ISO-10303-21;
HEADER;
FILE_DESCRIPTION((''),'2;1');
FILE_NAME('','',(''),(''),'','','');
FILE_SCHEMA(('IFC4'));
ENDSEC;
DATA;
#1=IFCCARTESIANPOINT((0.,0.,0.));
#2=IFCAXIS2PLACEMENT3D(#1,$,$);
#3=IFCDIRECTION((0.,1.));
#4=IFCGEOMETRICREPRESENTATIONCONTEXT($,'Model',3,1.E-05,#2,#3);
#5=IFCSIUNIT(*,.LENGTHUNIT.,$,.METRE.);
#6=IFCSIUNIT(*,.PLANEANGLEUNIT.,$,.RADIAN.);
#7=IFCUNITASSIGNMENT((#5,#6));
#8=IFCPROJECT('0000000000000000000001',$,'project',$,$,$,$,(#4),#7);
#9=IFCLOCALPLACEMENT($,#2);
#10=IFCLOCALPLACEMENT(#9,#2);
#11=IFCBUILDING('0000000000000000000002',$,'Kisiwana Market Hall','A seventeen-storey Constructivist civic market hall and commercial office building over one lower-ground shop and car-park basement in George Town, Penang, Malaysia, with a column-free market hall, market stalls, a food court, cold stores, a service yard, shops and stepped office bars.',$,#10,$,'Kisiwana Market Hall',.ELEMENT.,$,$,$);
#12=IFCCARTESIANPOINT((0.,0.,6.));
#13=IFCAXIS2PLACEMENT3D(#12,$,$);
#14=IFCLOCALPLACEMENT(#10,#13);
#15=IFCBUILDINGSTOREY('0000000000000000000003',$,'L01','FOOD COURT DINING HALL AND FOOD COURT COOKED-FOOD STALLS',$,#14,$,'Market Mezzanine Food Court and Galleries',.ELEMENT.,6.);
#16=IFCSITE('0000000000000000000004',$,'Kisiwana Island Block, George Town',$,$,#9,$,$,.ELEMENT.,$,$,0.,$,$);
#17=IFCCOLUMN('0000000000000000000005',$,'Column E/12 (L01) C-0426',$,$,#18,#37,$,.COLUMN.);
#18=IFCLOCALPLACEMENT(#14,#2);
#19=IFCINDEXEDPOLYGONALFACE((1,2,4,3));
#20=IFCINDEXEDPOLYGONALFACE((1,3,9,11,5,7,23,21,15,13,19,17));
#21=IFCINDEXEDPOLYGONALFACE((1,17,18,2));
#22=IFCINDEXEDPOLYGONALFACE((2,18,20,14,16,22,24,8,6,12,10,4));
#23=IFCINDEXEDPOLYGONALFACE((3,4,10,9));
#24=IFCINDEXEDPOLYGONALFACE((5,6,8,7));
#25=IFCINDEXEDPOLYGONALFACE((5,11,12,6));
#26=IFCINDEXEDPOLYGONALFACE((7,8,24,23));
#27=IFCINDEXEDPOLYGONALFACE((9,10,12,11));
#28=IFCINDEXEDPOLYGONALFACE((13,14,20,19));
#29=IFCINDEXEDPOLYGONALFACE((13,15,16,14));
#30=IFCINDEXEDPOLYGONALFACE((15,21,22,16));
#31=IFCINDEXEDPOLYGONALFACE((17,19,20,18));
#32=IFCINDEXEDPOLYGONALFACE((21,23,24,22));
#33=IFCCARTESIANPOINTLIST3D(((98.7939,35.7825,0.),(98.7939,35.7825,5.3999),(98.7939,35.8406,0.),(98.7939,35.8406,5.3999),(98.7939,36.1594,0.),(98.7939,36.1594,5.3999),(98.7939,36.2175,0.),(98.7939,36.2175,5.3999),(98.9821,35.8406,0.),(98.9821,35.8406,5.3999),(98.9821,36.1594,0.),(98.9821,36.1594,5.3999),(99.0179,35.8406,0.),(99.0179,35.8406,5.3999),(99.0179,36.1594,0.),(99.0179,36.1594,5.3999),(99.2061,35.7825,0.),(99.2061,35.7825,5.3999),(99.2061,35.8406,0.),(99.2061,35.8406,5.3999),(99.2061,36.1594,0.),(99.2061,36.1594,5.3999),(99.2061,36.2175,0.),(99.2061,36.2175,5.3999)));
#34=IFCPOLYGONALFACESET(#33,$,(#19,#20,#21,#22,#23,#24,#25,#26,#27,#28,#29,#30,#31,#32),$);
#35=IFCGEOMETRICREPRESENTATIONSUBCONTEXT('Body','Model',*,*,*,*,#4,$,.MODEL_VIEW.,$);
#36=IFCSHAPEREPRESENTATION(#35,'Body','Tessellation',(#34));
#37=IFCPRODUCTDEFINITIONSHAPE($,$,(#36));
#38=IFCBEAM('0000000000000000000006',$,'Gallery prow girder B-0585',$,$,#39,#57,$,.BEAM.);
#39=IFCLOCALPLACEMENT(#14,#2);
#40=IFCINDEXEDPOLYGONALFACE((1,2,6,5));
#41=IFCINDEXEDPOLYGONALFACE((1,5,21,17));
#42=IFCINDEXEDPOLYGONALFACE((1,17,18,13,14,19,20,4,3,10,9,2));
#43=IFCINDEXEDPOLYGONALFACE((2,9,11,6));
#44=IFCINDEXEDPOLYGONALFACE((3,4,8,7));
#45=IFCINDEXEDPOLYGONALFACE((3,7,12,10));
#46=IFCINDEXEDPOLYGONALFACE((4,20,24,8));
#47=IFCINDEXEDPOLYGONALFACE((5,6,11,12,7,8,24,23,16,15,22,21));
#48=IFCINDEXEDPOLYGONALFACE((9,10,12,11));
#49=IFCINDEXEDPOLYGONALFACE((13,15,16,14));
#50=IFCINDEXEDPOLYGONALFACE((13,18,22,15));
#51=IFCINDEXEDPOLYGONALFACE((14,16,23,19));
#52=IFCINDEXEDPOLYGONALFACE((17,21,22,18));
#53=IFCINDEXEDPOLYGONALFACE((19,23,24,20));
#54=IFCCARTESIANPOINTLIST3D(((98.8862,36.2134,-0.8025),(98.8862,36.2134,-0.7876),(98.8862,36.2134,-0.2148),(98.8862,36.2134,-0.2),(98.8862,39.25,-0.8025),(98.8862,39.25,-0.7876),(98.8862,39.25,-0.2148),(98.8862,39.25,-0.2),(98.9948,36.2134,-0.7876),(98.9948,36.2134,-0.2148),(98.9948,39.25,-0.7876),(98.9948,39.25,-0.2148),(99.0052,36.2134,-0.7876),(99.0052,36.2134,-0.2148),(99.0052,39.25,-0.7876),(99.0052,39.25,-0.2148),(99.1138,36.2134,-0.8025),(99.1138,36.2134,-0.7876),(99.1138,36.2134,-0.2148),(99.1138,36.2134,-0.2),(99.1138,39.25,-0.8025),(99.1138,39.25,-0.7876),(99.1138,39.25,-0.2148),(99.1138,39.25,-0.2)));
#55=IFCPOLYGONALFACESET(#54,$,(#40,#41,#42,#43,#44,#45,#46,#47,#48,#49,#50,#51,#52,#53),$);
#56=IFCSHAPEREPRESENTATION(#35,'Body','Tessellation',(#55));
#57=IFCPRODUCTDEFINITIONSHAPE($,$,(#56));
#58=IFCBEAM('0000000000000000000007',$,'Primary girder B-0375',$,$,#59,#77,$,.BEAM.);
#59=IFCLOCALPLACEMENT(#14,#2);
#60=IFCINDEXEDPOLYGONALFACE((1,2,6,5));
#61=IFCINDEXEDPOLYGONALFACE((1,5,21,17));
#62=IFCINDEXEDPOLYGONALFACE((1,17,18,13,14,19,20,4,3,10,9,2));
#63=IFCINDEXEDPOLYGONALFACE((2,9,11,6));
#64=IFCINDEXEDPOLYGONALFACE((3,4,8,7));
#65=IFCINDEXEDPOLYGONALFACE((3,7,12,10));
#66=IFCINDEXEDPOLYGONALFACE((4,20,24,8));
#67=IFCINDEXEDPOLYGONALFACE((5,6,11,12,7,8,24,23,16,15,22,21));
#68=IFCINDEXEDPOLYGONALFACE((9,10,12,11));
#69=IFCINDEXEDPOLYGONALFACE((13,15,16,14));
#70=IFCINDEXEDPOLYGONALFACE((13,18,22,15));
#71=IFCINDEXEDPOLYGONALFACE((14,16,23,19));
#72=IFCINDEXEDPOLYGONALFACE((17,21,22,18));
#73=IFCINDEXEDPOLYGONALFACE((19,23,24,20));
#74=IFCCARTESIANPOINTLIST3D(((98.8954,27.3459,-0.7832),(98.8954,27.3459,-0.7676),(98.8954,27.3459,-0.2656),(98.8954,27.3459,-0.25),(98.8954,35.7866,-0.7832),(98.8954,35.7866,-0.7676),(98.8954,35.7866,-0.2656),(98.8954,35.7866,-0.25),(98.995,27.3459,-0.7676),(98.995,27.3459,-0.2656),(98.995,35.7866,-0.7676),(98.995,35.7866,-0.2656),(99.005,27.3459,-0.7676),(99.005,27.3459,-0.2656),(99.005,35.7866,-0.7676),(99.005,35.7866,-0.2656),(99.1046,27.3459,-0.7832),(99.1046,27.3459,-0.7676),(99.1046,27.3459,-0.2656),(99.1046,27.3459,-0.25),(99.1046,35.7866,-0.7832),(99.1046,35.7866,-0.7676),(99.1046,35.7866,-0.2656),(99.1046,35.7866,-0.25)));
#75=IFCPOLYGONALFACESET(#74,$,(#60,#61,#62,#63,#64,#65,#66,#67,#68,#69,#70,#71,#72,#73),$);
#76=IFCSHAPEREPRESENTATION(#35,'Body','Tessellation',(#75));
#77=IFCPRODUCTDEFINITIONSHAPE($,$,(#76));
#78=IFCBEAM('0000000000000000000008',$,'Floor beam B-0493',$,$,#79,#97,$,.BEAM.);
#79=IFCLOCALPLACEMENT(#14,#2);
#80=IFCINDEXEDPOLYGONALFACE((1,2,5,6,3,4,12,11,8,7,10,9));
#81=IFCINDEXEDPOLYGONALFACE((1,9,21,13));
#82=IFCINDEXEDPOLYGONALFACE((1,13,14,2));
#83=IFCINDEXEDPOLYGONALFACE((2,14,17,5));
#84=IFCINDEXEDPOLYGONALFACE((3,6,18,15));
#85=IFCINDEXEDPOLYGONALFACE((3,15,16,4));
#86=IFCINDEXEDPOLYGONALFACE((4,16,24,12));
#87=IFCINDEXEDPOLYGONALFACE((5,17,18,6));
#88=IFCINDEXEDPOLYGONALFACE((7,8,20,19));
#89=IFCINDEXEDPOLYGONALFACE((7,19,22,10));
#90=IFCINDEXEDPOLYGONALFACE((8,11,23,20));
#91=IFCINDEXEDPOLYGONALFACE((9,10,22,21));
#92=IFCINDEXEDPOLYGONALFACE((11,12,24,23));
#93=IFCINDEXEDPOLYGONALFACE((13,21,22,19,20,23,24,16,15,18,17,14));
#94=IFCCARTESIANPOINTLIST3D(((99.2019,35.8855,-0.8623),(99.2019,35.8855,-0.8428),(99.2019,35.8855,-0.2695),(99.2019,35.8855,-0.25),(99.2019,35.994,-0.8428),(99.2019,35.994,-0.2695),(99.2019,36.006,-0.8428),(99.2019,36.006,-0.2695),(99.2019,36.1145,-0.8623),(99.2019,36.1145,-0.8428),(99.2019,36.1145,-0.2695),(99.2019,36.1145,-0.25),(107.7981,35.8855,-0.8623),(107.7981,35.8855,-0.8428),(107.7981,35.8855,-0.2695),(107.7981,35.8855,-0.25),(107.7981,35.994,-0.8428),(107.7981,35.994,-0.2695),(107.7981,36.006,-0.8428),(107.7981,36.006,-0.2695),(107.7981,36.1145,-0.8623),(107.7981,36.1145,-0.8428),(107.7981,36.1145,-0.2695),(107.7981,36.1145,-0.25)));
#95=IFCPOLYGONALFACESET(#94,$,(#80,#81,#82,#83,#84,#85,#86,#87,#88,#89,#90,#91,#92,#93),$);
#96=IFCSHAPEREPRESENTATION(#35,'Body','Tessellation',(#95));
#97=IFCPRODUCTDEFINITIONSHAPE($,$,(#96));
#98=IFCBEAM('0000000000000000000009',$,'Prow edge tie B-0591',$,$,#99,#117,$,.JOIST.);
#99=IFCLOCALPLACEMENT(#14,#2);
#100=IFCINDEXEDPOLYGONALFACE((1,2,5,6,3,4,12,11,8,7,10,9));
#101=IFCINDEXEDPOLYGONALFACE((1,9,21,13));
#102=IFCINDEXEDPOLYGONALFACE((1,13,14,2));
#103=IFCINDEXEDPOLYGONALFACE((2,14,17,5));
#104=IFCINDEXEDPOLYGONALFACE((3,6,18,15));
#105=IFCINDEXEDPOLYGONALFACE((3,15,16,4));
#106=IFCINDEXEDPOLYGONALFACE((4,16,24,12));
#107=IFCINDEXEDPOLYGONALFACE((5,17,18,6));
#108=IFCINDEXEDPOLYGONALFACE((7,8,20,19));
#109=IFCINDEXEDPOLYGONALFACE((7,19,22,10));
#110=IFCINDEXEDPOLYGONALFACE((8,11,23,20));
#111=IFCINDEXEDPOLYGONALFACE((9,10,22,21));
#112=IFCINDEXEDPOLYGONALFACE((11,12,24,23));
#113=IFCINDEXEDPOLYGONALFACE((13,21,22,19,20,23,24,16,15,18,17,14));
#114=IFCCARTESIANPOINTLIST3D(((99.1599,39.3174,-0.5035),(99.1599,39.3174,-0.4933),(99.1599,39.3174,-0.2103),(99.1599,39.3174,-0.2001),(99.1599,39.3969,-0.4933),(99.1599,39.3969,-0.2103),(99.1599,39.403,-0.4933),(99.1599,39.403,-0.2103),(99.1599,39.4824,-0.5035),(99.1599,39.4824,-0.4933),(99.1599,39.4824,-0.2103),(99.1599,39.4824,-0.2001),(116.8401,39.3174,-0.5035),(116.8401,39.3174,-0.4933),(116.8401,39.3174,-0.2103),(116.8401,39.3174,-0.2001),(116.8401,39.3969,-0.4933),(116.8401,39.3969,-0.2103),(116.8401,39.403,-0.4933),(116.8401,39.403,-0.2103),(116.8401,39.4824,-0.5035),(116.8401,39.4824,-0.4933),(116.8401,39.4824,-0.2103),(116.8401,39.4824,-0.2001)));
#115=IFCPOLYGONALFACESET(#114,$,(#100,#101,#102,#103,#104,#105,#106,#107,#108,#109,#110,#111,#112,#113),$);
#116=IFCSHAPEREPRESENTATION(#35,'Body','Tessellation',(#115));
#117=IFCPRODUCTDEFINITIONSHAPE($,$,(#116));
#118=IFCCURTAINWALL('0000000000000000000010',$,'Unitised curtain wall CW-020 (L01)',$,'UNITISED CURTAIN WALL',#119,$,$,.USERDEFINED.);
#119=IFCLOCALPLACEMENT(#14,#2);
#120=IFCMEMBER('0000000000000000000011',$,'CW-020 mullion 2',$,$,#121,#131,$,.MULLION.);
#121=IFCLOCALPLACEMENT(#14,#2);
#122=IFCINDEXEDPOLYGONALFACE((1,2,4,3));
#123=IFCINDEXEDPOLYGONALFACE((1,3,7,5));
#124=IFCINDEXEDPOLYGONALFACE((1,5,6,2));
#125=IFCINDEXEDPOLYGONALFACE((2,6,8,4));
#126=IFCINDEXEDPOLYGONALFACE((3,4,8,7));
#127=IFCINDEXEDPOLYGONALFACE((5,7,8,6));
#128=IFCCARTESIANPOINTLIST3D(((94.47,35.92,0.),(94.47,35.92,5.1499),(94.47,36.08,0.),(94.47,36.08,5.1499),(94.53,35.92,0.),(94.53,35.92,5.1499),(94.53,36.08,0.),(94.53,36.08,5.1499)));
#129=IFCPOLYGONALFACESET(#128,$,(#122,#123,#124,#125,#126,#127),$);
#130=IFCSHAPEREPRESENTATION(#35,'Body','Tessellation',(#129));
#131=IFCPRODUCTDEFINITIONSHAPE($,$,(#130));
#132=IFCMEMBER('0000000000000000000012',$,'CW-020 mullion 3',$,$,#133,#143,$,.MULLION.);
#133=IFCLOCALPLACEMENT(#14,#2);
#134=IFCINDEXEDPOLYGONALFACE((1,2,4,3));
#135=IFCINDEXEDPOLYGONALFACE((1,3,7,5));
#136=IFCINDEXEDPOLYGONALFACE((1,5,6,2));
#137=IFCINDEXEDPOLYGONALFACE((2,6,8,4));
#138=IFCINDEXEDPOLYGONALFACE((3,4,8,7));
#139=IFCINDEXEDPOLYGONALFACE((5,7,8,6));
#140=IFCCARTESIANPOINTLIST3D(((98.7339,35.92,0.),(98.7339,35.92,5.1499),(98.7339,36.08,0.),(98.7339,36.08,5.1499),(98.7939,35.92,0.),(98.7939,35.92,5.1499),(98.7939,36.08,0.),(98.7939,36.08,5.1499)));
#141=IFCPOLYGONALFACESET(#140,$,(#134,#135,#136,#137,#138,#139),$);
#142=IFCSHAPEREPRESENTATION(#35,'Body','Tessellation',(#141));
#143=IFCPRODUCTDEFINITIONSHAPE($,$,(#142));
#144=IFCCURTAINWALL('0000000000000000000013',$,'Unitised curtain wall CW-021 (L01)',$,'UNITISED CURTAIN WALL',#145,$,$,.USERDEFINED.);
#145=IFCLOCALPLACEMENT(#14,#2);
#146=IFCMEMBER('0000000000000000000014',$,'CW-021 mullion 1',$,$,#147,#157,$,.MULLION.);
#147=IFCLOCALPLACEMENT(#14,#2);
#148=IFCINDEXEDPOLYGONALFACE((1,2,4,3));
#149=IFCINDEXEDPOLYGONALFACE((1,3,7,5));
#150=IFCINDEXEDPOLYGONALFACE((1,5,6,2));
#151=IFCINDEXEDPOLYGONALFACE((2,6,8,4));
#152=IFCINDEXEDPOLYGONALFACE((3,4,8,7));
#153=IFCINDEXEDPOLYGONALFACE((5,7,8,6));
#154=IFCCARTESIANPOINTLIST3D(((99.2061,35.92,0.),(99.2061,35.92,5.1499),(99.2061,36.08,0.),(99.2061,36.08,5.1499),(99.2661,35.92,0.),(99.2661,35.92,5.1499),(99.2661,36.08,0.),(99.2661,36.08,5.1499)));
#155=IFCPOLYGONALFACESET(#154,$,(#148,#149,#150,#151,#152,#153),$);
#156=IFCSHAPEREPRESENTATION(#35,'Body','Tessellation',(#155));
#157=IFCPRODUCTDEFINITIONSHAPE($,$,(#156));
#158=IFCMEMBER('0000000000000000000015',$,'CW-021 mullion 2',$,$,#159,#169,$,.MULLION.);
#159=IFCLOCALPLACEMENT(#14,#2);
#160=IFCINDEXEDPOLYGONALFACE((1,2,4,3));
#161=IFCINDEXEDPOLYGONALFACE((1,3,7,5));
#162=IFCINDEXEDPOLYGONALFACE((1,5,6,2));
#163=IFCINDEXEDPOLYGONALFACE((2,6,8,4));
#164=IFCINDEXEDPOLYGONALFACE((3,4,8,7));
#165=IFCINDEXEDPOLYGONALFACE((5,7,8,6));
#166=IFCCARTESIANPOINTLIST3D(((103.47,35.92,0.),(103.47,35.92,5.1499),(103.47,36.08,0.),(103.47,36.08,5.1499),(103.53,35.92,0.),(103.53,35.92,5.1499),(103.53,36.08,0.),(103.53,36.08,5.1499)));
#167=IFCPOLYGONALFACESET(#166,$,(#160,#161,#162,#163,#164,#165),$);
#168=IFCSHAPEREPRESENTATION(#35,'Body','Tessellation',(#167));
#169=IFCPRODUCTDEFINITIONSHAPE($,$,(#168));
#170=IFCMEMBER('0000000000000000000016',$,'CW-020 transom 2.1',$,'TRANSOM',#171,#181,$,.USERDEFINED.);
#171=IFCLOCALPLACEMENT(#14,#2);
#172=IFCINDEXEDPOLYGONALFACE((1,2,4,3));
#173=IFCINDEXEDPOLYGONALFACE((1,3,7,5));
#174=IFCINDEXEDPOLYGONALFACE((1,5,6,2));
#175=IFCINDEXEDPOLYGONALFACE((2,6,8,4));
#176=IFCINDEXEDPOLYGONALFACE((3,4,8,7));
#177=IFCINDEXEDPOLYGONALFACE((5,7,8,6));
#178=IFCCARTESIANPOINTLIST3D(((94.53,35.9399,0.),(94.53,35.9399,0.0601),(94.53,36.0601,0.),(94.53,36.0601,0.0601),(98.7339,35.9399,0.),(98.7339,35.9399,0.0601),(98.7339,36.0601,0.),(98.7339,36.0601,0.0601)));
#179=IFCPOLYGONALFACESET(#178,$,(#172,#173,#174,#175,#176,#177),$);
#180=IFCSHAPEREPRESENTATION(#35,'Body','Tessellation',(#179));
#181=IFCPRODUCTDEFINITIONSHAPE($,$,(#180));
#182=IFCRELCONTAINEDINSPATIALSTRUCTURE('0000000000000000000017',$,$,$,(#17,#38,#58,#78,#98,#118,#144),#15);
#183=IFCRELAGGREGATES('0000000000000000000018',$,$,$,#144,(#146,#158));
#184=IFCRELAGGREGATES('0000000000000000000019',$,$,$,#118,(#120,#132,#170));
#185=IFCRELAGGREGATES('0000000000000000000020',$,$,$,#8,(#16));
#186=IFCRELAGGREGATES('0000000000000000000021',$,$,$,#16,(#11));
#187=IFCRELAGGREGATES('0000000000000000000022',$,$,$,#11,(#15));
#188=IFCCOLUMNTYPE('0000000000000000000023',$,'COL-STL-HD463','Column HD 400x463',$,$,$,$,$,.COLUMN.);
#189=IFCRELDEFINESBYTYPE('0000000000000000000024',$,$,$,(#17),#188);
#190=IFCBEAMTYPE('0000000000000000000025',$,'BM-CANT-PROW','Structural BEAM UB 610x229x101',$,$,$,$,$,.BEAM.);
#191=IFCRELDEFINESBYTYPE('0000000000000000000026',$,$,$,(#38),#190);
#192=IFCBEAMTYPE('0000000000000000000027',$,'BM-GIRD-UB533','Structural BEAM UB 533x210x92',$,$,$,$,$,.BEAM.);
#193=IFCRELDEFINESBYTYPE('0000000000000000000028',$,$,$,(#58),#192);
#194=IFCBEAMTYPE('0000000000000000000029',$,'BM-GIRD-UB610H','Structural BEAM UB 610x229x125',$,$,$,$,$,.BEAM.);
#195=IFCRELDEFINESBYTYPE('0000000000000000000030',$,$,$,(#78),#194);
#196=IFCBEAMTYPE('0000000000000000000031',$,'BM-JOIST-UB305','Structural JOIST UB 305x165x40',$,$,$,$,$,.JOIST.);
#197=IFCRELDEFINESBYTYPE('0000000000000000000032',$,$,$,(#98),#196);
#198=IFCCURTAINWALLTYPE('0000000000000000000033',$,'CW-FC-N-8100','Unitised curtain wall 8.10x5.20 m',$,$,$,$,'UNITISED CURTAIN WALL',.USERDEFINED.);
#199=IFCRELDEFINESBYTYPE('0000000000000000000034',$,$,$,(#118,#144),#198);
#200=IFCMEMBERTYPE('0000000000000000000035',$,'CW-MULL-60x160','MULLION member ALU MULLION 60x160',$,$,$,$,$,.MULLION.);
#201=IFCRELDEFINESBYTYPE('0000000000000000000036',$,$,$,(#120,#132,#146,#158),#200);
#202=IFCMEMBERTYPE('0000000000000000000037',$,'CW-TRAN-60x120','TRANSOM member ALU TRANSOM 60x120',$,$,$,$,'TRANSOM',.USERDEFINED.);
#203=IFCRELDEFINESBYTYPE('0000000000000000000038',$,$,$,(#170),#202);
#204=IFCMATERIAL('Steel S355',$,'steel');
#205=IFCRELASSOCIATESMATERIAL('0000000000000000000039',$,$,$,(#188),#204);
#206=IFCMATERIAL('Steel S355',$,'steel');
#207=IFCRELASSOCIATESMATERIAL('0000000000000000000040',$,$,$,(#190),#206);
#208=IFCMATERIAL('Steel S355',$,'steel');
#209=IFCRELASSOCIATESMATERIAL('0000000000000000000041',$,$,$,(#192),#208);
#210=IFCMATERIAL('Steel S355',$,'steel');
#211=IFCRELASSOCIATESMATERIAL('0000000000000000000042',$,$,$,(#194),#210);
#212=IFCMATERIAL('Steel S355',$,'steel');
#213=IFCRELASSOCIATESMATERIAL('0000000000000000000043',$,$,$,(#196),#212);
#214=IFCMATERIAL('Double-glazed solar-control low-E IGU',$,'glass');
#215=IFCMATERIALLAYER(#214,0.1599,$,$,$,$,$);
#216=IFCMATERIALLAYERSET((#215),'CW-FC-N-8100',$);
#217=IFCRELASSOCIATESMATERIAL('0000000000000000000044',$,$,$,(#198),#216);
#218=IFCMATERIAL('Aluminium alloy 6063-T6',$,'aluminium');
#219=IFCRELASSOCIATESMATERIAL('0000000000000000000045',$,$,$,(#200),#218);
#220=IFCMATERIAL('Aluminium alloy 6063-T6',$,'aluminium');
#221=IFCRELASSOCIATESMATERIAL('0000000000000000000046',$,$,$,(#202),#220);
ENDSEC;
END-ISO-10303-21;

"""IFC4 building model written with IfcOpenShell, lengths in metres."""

from ifc_helpers import new_model, si_unit, direction, frame, origin, origin_2d, place, context, subcontext, project, spatial, rectangle, i_section, extrude, material, layer, layer_set, material_profile, profile_set, type_object, element, aggregate, save


model = new_model("IFC4")

# Units and contexts
model_context = context("Model", 3, precision=1e-05, world=origin(), true_north=direction((0.0, 1.0)))
body_context = subcontext(model_context, "Body", "Model", "MODEL_VIEW")
ifc_project = project(units=[si_unit("LENGTHUNIT", "METRE"), si_unit("PLANEANGLEUNIT", "RADIAN")], contexts=[model_context])

# Site, building, storey
site_placement = place(None, origin())
site = spatial("IfcSite", under=ifc_project, at=site_placement, Name="Kisiwana Island Block, George Town", CompositionType="ELEMENT", RefElevation=0.0)
building_placement = place(site_placement, origin())
building = spatial("IfcBuilding", under=site, at=building_placement, Name="Kisiwana Market Hall", Description="A seventeen-storey Constructivist civic market hall and commercial office building over one lower-ground shop and car-park basement in George Town, Penang, Malaysia, with a column-free market hall, market stalls, a food court, cold stores, a service yard, shops and stepped office bars.", LongName="Kisiwana Market Hall", CompositionType="ELEMENT")
storey_placement = place(building_placement, frame((0.0, 0.0, 6.0)))
storey = spatial("IfcBuildingStorey", under=building, at=storey_placement, Name="L01", Description="FOOD COURT DINING HALL AND FOOD COURT COOKED-FOOD STALLS", LongName="Market Mezzanine Food Court and Galleries", CompositionType="ELEMENT", Elevation=6.0)

# Column
ifc_material_1 = material(Name="Steel S355", Category="steel")
ifc_material_profile_1 = material_profile(ifc_material_1, i_section(OverallWidth=0.4121, OverallDepth=0.4351, WebThickness=0.0359, FlangeThickness=0.0581, at=origin_2d()), Name="HD 400x463")
ifc_profile_set_1 = profile_set([ifc_material_profile_1], Name="Steel S355")
column_type = type_object("IfcColumnType", Name="COL-STL-HD463", Description="Column HD 400x463", PredefinedType="COLUMN", material=ifc_profile_set_1)
column_placement = place(storey_placement, frame((99.0, 36.0, 0.0), z_axis=(0.0, 0.0, 1.0), x_axis=(1.0, 0.0, 0.0)))
element("IfcColumn", 1, at=column_placement, inside=storey, type_object=column_type, Name="Column E/12 (L01) C-0426", PredefinedType="COLUMN", context=body_context, shape_type="SweptSolid", body=[
    extrude(i_section(OverallWidth=0.4121, OverallDepth=0.4351, WebThickness=0.0359, FlangeThickness=0.0581, at=origin_2d()), origin(), (0.0, 0.0, 1.0), 5.3999),
])

# Beams
ifc_material_2 = material(Name="Steel S355", Category="steel")
ifc_material_profile_2 = material_profile(ifc_material_2, i_section(OverallWidth=0.2275, OverallDepth=0.6025, WebThickness=0.0105, FlangeThickness=0.0149, at=origin_2d()), Name="UB 610x229x101")
ifc_profile_set_2 = profile_set([ifc_material_profile_2], Name="Steel S355")
beam_type_1 = type_object("IfcBeamType", Name="BM-CANT-PROW", Description="Structural BEAM UB 610x229x101", PredefinedType="BEAM", material=ifc_profile_set_2)
beam_1_placement = place(storey_placement, frame((99.0, 36.2134, -0.5012), z_axis=(0.0, 1.0, 0.0), x_axis=(-1.0, 0.0, 0.0)))
element("IfcBeam", 2, at=beam_1_placement, inside=storey, type_object=beam_type_1, Name="Gallery prow girder B-0585", PredefinedType="BEAM", context=body_context, shape_type="SweptSolid", body=[
    extrude(i_section(OverallWidth=0.2275, OverallDepth=0.6025, WebThickness=0.0105, FlangeThickness=0.0149, at=origin_2d()), origin(), (0.0, 0.0, 1.0), 3.0366),
])
ifc_material_3 = material(Name="Steel S355", Category="steel")
ifc_material_profile_3 = material_profile(ifc_material_3, i_section(OverallWidth=0.2092, OverallDepth=0.5332, WebThickness=0.01, FlangeThickness=0.0156, at=origin_2d()), Name="UB 533x210x92")
ifc_profile_set_3 = profile_set([ifc_material_profile_3], Name="Steel S355")
beam_type_2 = type_object("IfcBeamType", Name="BM-GIRD-UB533", Description="Structural BEAM UB 533x210x92", PredefinedType="BEAM", material=ifc_profile_set_3)
beam_2_placement = place(storey_placement, frame((99.0, 27.3459, -0.5166), z_axis=(0.0, 1.0, 0.0), x_axis=(-1.0, 0.0, 0.0)))
element("IfcBeam", 3, at=beam_2_placement, inside=storey, type_object=beam_type_2, Name="Primary girder B-0375", PredefinedType="BEAM", context=body_context, shape_type="SweptSolid", body=[
    extrude(i_section(OverallWidth=0.2092, OverallDepth=0.5332, WebThickness=0.01, FlangeThickness=0.0156, at=origin_2d()), origin(), (0.0, 0.0, 1.0), 8.4407),
])
ifc_material_4 = material(Name="Steel S355", Category="steel")
ifc_material_profile_4 = material_profile(ifc_material_4, i_section(OverallWidth=0.229, OverallDepth=0.6123, WebThickness=0.012, FlangeThickness=0.0195, at=origin_2d()), Name="UB 610x229x125")
ifc_profile_set_4 = profile_set([ifc_material_profile_4], Name="Steel S355")
beam_type_3 = type_object("IfcBeamType", Name="BM-GIRD-UB610H", Description="Structural BEAM UB 610x229x125", PredefinedType="BEAM", material=ifc_profile_set_4)
beam_3_placement = place(storey_placement, frame((99.2019, 36.0, -0.5562), z_axis=(1.0, 0.0, 0.0), x_axis=(0.0, 1.0, 0.0)))
element("IfcBeam", 4, at=beam_3_placement, inside=storey, type_object=beam_type_3, Name="Floor beam B-0493", PredefinedType="BEAM", context=body_context, shape_type="SweptSolid", body=[
    extrude(i_section(OverallWidth=0.229, OverallDepth=0.6123, WebThickness=0.012, FlangeThickness=0.0195, at=origin_2d()), origin(), (0.0, 0.0, 1.0), 8.5962),
])
ifc_material_5 = material(Name="Steel S355", Category="steel")
ifc_material_profile_5 = material_profile(ifc_material_5, i_section(OverallWidth=0.165, OverallDepth=0.3035, WebThickness=0.0061, FlangeThickness=0.0103, at=origin_2d()), Name="UB 305x165x40")
ifc_profile_set_5 = profile_set([ifc_material_profile_5], Name="Steel S355")
beam_type_4 = type_object("IfcBeamType", Name="BM-JOIST-UB305", Description="Structural JOIST UB 305x165x40", PredefinedType="JOIST", material=ifc_profile_set_5)
beam_4_placement = place(storey_placement, frame((99.1599, 39.3999, -0.3518), z_axis=(1.0, 0.0, 0.0), x_axis=(0.0, 1.0, 0.0)))
element("IfcBeam", 5, at=beam_4_placement, inside=storey, type_object=beam_type_4, Name="Prow edge tie B-0591", PredefinedType="JOIST", context=body_context, shape_type="SweptSolid", body=[
    extrude(i_section(OverallWidth=0.165, OverallDepth=0.3035, WebThickness=0.0061, FlangeThickness=0.0103, at=origin_2d()), origin(), (0.0, 0.0, 1.0), 17.6802),
])

# Curtain walls, members
ifc_material_6 = material(Name="Double-glazed solar-control low-E IGU", Category="glass")
ifc_layer_1 = layer(ifc_material_6, 0.1599)
ifc_layer_set_1 = layer_set([ifc_layer_1], Name="CW-FC-N-8100")
curtain_wall_type = type_object("IfcCurtainWallType", Name="CW-FC-N-8100", Description="Unitised curtain wall 8.10x5.20 m", ElementType="UNITISED CURTAIN WALL", PredefinedType="USERDEFINED", material=ifc_layer_set_1)
curtain_wall_1_placement = place(storey_placement, origin())
curtain_wall_1 = element("IfcCurtainWall", 6, at=curtain_wall_1_placement, inside=storey, type_object=curtain_wall_type, Name="Unitised curtain wall CW-020 (L01)", ObjectType="UNITISED CURTAIN WALL", PredefinedType="USERDEFINED")
ifc_material_7 = material(Name="Aluminium alloy 6063-T6", Category="aluminium")
ifc_material_profile_6 = material_profile(ifc_material_7, rectangle(XDim=0.0601, YDim=0.1599, at=origin_2d()), Name="ALU MULLION 60x160")
ifc_profile_set_6 = profile_set([ifc_material_profile_6], Name="Aluminium alloy 6063-T6")
member_type_1 = type_object("IfcMemberType", Name="CW-MULL-60x160", Description="MULLION member ALU MULLION 60x160", PredefinedType="MULLION", material=ifc_profile_set_6)
member_1_placement = place(storey_placement, frame((94.5, 36.0, 0.0), z_axis=(0.0, 0.0, 1.0), x_axis=(1.0, 0.0, 0.0)))
member_1 = element("IfcMember", 7, at=member_1_placement, type_object=member_type_1, Name="CW-020 mullion 2", PredefinedType="MULLION", context=body_context, shape_type="SweptSolid", body=[
    extrude(rectangle(XDim=0.0601, YDim=0.1599, at=origin_2d()), origin(), (0.0, 0.0, 1.0), 5.1499),
])
member_2_placement = place(storey_placement, frame((98.7639, 36.0, 0.0), z_axis=(0.0, 0.0, 1.0), x_axis=(1.0, 0.0, 0.0)))
member_2 = element("IfcMember", 8, at=member_2_placement, type_object=member_type_1, Name="CW-020 mullion 3", PredefinedType="MULLION", context=body_context, shape_type="SweptSolid", body=[
    extrude(rectangle(XDim=0.0601, YDim=0.1599, at=origin_2d()), origin(), (0.0, 0.0, 1.0), 5.1499),
])
curtain_wall_2_placement = place(storey_placement, origin())
curtain_wall_2 = element("IfcCurtainWall", 9, at=curtain_wall_2_placement, inside=storey, type_object=curtain_wall_type, Name="Unitised curtain wall CW-021 (L01)", ObjectType="UNITISED CURTAIN WALL", PredefinedType="USERDEFINED")
member_3_placement = place(storey_placement, frame((99.2361, 36.0, 0.0), z_axis=(0.0, 0.0, 1.0), x_axis=(1.0, 0.0, 0.0)))
member_3 = element("IfcMember", 10, at=member_3_placement, type_object=member_type_1, Name="CW-021 mullion 1", PredefinedType="MULLION", context=body_context, shape_type="SweptSolid", body=[
    extrude(rectangle(XDim=0.0601, YDim=0.1599, at=origin_2d()), origin(), (0.0, 0.0, 1.0), 5.1499),
])
member_4_placement = place(storey_placement, frame((103.5, 36.0, 0.0), z_axis=(0.0, 0.0, 1.0), x_axis=(1.0, 0.0, 0.0)))
member_4 = element("IfcMember", 11, at=member_4_placement, type_object=member_type_1, Name="CW-021 mullion 2", PredefinedType="MULLION", context=body_context, shape_type="SweptSolid", body=[
    extrude(rectangle(XDim=0.0601, YDim=0.1599, at=origin_2d()), origin(), (0.0, 0.0, 1.0), 5.1499),
])

# Member
ifc_material_8 = material(Name="Aluminium alloy 6063-T6", Category="aluminium")
ifc_material_profile_7 = material_profile(ifc_material_8, rectangle(XDim=0.1201, YDim=0.0601, at=origin_2d()), Name="ALU TRANSOM 60x120")
ifc_profile_set_7 = profile_set([ifc_material_profile_7], Name="Aluminium alloy 6063-T6")
member_type_2 = type_object("IfcMemberType", Name="CW-TRAN-60x120", Description="TRANSOM member ALU TRANSOM 60x120", ElementType="TRANSOM", PredefinedType="USERDEFINED", material=ifc_profile_set_7)
member_5_placement = place(storey_placement, frame((94.53, 36.0, 0.03), z_axis=(1.0, 0.0, 0.0), x_axis=(0.0, 1.0, 0.0)))
member_5 = element("IfcMember", 12, at=member_5_placement, type_object=member_type_2, Name="CW-020 transom 2.1", ObjectType="TRANSOM", PredefinedType="USERDEFINED", context=body_context, shape_type="SweptSolid", body=[
    extrude(rectangle(XDim=0.1201, YDim=0.0601, at=origin_2d()), origin(), (0.0, 0.0, 1.0), 4.2039),
])

aggregate(curtain_wall_2, [member_3, member_4])
aggregate(curtain_wall_1, [member_1, member_2, member_5])

save(model, "model.ifc")
